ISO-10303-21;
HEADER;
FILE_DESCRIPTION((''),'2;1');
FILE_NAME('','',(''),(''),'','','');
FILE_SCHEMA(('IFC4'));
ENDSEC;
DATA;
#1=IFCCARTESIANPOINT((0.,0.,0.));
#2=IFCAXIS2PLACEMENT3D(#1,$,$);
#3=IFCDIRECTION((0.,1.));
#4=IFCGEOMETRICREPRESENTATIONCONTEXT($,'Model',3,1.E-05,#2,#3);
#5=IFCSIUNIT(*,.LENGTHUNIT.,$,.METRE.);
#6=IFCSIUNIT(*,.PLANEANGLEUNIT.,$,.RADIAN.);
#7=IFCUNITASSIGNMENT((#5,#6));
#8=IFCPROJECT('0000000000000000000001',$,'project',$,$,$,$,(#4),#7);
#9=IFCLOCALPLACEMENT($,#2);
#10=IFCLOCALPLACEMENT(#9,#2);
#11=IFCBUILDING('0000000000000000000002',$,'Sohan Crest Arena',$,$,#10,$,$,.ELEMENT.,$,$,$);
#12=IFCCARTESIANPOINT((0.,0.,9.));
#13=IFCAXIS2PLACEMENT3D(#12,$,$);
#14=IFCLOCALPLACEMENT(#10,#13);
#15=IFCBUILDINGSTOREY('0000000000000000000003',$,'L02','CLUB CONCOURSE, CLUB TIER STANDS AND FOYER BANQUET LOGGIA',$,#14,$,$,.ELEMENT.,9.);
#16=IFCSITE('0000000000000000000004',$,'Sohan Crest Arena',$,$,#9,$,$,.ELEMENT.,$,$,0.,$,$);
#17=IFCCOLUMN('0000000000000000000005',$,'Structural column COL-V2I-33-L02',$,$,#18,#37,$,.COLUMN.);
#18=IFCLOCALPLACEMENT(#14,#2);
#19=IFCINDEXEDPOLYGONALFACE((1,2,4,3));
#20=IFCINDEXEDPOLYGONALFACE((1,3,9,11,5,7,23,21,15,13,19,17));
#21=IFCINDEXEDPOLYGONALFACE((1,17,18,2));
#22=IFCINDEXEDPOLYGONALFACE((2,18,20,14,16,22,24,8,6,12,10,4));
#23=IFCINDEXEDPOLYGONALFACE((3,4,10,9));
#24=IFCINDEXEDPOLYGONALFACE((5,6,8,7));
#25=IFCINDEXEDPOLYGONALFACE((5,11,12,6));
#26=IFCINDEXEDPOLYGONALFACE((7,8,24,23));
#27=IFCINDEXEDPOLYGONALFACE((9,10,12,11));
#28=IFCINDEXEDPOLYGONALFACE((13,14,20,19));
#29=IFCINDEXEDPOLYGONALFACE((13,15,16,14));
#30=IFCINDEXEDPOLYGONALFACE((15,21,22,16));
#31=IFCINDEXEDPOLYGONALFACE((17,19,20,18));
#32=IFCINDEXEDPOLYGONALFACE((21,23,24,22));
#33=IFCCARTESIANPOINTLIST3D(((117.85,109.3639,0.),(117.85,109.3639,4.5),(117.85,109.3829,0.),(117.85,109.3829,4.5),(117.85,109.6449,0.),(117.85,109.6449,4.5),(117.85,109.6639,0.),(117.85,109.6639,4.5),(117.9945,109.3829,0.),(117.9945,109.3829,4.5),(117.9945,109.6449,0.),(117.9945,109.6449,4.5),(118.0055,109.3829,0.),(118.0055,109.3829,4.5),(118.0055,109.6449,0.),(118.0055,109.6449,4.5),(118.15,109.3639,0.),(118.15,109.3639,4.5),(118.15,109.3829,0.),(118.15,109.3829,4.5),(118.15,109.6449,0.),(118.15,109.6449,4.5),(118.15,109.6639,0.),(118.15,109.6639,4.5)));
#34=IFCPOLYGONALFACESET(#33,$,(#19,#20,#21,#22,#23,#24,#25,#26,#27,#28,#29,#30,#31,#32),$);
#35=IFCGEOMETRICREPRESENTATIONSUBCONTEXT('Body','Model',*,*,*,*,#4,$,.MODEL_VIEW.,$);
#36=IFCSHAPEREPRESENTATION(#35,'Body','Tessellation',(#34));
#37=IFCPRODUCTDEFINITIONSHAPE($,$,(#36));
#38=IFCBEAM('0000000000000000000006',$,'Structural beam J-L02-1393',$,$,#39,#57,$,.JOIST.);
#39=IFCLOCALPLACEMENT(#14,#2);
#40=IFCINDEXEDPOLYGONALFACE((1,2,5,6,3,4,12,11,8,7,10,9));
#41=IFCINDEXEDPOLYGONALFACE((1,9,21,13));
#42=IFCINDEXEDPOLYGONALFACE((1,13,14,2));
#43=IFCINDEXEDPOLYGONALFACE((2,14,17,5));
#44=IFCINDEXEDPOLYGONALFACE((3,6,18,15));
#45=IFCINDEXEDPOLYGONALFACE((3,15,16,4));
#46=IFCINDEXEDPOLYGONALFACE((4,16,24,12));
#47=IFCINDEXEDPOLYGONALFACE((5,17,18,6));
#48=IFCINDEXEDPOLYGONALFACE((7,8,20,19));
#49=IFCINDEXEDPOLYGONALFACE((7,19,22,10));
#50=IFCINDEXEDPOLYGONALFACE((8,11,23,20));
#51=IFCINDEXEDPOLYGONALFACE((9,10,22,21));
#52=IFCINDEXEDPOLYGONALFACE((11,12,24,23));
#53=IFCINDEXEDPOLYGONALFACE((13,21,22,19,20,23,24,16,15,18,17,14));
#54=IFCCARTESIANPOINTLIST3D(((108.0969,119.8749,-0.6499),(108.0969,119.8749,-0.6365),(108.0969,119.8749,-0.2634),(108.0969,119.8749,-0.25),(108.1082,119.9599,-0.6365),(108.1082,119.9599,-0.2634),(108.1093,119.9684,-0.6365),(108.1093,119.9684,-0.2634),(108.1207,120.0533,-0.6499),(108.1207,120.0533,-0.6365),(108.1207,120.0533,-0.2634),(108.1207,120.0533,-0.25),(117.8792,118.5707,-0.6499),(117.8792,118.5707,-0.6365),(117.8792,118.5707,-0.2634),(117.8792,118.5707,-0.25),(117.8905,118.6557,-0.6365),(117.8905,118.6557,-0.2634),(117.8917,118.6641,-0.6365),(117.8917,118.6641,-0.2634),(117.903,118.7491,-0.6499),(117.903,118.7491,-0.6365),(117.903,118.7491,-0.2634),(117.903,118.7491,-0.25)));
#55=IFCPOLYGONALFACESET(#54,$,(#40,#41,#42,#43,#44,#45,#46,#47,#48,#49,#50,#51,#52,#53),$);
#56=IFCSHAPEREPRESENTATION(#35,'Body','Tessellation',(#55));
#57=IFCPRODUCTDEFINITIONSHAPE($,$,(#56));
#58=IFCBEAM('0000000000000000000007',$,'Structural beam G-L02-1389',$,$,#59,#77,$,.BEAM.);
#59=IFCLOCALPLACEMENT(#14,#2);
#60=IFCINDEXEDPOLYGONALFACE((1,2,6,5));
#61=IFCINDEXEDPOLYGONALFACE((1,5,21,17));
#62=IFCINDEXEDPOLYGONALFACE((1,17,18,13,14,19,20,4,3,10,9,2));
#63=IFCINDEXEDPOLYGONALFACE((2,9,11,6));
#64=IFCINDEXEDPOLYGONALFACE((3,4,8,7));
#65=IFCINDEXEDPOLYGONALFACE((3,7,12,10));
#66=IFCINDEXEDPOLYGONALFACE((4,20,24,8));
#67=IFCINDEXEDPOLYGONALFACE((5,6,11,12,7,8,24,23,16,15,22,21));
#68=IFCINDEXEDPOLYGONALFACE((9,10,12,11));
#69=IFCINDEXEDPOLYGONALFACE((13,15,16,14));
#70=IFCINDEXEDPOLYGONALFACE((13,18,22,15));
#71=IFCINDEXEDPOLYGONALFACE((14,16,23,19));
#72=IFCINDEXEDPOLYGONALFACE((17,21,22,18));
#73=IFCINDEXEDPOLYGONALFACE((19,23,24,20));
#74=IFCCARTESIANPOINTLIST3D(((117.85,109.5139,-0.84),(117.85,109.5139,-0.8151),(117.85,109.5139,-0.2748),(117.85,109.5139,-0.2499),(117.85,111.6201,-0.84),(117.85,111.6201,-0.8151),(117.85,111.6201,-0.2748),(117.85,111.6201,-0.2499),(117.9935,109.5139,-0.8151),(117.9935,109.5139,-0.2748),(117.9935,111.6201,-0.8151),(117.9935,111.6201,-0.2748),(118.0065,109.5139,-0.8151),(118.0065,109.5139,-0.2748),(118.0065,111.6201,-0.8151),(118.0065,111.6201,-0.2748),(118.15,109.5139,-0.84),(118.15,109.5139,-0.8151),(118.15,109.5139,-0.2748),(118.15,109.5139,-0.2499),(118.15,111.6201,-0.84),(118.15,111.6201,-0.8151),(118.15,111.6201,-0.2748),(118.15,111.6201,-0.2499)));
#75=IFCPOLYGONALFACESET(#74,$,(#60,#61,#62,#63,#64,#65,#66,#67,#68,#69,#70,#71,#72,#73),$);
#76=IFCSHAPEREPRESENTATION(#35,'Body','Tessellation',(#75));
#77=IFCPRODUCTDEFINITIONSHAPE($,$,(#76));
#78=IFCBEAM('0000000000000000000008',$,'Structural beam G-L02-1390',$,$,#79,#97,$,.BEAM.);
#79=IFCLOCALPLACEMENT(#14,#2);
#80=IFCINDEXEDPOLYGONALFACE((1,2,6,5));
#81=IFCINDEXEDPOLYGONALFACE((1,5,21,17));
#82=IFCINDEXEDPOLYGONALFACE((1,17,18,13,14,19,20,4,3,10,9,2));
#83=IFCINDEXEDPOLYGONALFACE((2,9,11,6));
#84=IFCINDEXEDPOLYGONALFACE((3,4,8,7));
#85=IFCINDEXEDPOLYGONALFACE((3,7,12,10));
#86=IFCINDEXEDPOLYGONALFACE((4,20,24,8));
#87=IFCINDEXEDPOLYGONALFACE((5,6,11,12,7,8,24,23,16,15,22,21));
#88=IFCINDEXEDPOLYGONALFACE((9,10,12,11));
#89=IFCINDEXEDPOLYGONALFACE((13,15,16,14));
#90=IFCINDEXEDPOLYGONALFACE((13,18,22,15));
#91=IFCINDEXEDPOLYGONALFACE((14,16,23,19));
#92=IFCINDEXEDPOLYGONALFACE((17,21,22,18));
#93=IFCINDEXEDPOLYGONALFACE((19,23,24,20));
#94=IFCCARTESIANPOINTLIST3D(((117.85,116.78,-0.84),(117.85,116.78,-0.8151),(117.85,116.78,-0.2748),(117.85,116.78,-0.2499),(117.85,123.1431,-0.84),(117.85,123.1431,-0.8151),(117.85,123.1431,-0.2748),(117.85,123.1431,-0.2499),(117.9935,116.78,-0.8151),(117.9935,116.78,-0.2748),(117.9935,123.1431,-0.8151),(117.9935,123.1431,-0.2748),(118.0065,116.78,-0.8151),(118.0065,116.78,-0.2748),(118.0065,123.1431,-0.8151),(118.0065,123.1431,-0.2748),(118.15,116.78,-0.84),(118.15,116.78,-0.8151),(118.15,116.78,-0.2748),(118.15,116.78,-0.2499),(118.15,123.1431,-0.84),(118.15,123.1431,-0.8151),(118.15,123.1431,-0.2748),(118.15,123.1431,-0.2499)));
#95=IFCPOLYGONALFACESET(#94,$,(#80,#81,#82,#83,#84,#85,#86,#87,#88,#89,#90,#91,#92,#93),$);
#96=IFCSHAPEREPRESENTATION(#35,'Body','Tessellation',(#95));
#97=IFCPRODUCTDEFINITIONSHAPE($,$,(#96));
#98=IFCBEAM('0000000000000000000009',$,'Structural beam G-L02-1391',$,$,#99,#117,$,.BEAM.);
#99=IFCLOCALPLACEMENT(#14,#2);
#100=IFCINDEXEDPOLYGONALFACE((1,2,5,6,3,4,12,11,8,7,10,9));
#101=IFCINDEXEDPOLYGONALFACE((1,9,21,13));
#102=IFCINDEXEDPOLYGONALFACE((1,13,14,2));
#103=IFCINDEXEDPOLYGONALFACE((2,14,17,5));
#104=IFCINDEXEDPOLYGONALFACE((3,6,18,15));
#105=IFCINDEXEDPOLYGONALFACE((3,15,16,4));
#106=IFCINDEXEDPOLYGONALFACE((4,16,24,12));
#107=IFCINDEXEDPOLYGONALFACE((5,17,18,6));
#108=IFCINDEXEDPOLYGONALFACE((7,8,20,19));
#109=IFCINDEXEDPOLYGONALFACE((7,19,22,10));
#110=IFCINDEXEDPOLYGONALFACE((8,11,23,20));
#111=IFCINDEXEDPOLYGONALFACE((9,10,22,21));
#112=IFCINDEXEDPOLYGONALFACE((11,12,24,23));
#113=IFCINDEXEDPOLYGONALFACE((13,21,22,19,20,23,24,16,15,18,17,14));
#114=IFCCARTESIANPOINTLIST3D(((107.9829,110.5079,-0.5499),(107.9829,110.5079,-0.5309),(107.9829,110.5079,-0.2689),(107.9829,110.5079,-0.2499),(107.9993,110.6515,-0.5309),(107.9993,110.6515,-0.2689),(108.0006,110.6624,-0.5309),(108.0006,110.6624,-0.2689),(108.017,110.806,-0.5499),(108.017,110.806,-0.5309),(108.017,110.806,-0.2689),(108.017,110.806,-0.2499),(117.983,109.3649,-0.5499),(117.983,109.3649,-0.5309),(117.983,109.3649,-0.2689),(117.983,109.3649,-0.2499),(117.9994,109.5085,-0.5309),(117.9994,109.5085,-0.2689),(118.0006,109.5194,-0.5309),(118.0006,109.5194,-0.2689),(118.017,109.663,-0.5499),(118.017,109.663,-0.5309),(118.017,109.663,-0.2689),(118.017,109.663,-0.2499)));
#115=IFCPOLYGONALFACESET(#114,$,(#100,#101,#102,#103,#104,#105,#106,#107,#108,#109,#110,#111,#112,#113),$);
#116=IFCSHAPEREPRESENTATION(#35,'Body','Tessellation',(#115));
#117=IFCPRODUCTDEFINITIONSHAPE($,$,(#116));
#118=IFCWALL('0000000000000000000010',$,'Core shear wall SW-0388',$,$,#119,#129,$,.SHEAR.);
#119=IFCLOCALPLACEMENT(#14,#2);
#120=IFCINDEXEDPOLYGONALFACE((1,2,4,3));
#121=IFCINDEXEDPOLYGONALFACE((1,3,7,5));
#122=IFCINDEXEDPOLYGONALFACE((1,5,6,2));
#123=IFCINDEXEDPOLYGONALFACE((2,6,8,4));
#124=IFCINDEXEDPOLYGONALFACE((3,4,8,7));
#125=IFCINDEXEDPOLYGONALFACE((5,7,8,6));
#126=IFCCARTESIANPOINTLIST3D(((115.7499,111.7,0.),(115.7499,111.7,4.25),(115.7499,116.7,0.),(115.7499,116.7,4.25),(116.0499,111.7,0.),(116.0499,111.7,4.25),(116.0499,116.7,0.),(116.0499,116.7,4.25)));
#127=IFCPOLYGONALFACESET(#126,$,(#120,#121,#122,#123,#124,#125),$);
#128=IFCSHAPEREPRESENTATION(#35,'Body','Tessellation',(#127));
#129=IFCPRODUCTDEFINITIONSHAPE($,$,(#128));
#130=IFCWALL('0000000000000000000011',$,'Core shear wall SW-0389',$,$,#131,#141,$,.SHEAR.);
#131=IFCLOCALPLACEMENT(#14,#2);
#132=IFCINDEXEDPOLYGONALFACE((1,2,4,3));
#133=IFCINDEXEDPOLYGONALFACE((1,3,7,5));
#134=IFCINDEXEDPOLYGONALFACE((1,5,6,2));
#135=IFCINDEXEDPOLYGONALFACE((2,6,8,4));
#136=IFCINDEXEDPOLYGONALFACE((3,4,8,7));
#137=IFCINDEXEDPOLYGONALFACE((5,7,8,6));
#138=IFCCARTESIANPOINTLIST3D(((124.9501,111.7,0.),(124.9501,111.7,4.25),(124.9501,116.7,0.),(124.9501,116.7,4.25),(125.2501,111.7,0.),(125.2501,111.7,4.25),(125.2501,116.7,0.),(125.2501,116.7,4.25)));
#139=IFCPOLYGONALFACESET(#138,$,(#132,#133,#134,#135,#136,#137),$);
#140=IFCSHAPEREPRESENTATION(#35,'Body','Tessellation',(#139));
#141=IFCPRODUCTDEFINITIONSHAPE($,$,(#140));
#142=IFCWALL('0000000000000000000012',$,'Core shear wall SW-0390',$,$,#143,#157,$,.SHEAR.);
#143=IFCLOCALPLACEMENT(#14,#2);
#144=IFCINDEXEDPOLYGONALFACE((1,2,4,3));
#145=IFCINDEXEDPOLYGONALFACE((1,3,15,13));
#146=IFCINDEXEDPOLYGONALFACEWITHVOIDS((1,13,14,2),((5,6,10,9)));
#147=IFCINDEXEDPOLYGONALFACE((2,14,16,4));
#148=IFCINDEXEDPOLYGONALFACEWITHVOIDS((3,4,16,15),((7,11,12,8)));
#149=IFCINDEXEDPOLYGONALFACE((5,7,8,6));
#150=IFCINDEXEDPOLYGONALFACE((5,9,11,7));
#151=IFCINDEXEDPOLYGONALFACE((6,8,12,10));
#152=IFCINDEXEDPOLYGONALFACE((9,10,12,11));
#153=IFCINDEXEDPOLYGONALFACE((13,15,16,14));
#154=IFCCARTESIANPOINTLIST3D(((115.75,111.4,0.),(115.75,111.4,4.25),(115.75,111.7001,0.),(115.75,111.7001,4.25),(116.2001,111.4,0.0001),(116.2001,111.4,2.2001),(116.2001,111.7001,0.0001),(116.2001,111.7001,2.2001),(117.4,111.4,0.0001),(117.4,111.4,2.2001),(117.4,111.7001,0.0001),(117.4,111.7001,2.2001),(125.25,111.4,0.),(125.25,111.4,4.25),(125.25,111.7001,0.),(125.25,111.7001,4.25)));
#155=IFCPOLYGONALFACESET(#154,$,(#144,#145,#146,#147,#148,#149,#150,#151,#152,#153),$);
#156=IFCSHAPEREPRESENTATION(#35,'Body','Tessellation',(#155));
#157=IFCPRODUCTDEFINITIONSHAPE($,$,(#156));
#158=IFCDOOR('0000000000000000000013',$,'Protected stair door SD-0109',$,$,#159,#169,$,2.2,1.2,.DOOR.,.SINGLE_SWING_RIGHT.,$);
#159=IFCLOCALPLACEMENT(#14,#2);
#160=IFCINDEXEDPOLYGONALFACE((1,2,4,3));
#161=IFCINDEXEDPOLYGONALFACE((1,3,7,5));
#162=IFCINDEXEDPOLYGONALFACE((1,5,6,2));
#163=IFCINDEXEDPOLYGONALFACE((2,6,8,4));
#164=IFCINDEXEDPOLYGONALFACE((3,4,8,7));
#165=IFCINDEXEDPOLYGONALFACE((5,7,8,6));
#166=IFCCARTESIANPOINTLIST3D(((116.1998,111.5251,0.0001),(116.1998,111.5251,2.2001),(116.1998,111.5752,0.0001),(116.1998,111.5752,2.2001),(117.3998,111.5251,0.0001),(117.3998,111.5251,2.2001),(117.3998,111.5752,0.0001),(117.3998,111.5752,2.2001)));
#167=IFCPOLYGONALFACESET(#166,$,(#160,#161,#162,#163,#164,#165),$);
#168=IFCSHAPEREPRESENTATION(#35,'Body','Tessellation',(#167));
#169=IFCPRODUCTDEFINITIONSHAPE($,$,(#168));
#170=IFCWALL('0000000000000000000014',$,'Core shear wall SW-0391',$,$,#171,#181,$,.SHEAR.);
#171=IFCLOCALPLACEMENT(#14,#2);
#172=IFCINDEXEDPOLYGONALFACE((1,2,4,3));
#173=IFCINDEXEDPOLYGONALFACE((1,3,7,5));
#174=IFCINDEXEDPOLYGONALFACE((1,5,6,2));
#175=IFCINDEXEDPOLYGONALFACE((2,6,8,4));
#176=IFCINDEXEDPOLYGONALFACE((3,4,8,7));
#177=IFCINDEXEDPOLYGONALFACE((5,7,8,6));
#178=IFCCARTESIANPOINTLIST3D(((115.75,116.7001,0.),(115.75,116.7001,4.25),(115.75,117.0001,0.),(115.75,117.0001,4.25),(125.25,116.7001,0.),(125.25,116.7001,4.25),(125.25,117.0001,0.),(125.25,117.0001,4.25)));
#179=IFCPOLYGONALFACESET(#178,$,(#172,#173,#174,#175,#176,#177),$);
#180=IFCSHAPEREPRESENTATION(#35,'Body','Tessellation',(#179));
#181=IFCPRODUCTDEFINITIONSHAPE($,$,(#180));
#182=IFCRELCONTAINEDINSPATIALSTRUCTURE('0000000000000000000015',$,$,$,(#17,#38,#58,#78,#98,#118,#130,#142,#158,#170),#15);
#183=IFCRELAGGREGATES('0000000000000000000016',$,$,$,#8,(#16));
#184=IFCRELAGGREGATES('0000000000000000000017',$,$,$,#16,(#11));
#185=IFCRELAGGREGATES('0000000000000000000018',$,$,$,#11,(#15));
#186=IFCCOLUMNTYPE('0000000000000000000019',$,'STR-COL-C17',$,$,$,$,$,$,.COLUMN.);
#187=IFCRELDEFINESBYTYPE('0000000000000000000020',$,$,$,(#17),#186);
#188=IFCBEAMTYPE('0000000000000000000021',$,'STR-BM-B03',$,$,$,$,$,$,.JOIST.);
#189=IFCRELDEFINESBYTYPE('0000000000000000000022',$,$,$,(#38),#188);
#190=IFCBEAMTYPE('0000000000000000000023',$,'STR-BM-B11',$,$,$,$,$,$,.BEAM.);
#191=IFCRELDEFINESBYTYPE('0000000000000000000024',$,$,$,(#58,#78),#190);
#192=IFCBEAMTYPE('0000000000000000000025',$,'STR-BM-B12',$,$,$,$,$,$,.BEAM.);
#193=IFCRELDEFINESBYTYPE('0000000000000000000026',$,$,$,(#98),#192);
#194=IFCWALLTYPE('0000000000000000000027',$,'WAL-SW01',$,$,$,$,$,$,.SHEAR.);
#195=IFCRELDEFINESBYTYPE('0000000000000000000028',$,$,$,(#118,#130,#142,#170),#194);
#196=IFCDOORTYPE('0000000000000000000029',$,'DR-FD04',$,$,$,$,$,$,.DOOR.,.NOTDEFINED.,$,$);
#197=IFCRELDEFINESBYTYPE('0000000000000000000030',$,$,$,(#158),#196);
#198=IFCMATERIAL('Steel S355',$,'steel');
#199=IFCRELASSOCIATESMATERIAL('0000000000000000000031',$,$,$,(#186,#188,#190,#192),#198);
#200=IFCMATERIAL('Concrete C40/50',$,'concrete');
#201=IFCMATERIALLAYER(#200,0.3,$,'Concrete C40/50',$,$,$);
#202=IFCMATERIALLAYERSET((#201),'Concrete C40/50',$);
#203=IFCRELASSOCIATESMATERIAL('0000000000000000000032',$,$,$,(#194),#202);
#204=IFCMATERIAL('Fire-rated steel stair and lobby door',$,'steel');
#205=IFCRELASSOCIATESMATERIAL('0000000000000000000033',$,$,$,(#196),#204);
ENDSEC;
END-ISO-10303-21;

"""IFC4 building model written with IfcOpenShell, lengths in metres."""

from ifc_helpers import new_model, si_unit, direction, frame, frame_2d, origin, origin_2d, place, context, subcontext, project, spatial, rectangle, i_section, extrude, material, layer, layer_set, material_profile, profile_set, type_object, element, fill, save


model = new_model("IFC4")

# Units and contexts
model_context = context("Model", 3, precision=1e-05, world=origin(), true_north=direction((0.0, 1.0)))
body_context = subcontext(model_context, "Body", "Model", "MODEL_VIEW")
ifc_project = project(units=[si_unit("LENGTHUNIT", "METRE"), si_unit("PLANEANGLEUNIT", "RADIAN")], contexts=[model_context])

# Site, building, storey
site_placement = place(None, origin())
site = spatial("IfcSite", under=ifc_project, at=site_placement, Name="Sohan Crest Arena", CompositionType="ELEMENT", RefElevation=0.0)
building_placement = place(site_placement, origin())
building = spatial("IfcBuilding", under=site, at=building_placement, Name="Sohan Crest Arena", CompositionType="ELEMENT")
storey_placement = place(building_placement, frame((0.0, 0.0, 9.0)))
storey = spatial("IfcBuildingStorey", under=building, at=storey_placement, Name="L02", Description="CLUB CONCOURSE, CLUB TIER STANDS AND FOYER BANQUET LOGGIA", CompositionType="ELEMENT", Elevation=9.0)

# Column
ifc_material_1 = material(Name="Steel S355", Category="steel")
ifc_material_profile_1 = material_profile(ifc_material_1, i_section(OverallWidth=0.3, OverallDepth=0.3, WebThickness=0.011, FlangeThickness=0.019, at=origin_2d()), Name="HEB 300")
ifc_profile_set_1 = profile_set([ifc_material_profile_1], Name="Steel S355")
column_type = type_object("IfcColumnType", Name="STR-COL-C17", PredefinedType="COLUMN", material=ifc_profile_set_1)
column_placement = place(storey_placement, frame((118.0, 109.5139, 0.0), z_axis=(0.0, 0.0, 1.0), x_axis=(1.0, 0.0, 0.0)))
element("IfcColumn", 1, at=column_placement, inside=storey, type_object=column_type, Name="Structural column COL-V2I-33-L02", PredefinedType="COLUMN", context=body_context, shape_type="SweptSolid", body=[
    extrude(i_section(OverallWidth=0.3, OverallDepth=0.3, WebThickness=0.011, FlangeThickness=0.019, at=origin_2d()), origin(), (0.0, 0.0, 1.0), 4.5),
])

# Beams
ifc_material_profile_2 = material_profile(ifc_material_1, i_section(OverallWidth=0.1799, OverallDepth=0.3999, WebThickness=0.0085, FlangeThickness=0.0134, at=origin_2d()), Name="IPE 400")
ifc_profile_set_2 = profile_set([ifc_material_profile_2], Name="Steel S355")
beam_type_1 = type_object("IfcBeamType", Name="STR-BM-B03", PredefinedType="JOIST", material=ifc_profile_set_2)
beam_1_placement = place(storey_placement, frame((117.8911, 118.6599, -0.45), z_axis=(-0.991229, 0.132154, 0.0), x_axis=(-0.132154, -0.991229, 0.0)))
element("IfcBeam", 2, at=beam_1_placement, inside=storey, type_object=beam_type_1, Name="Structural beam J-L02-1393", PredefinedType="JOIST", context=body_context, shape_type="SweptSolid", body=[
    extrude(i_section(OverallWidth=0.1799, OverallDepth=0.3999, WebThickness=0.0085, FlangeThickness=0.0134, at=origin_2d()), origin(), (0.0, 0.0, 1.0), 9.8689),
])
ifc_material_profile_3 = material_profile(ifc_material_1, i_section(OverallWidth=0.3, OverallDepth=0.5901, WebThickness=0.0129, FlangeThickness=0.0249, at=origin_2d()), Name="HEA 600")
ifc_profile_set_3 = profile_set([ifc_material_profile_3], Name="Steel S355")
beam_type_2 = type_object("IfcBeamType", Name="STR-BM-B11", PredefinedType="BEAM", material=ifc_profile_set_3)
beam_2_placement = place(storey_placement, frame((118.0, 109.5139, -0.5449), z_axis=(0.0, 1.0, 0.0), x_axis=(-1.0, 0.0, 0.0)))
element("IfcBeam", 3, at=beam_2_placement, inside=storey, type_object=beam_type_2, Name="Structural beam G-L02-1389", PredefinedType="BEAM", context=body_context, shape_type="SweptSolid", body=[
    extrude(i_section(OverallWidth=0.3, OverallDepth=0.5901, WebThickness=0.0129, FlangeThickness=0.0249, at=origin_2d()), origin(), (0.0, 0.0, 1.0), 2.1062),
])
beam_3_placement = place(storey_placement, frame((118.0, 116.78, -0.5449), z_axis=(0.0, 1.0, 0.0), x_axis=(-1.0, 0.0, 0.0)))
element("IfcBeam", 4, at=beam_3_placement, inside=storey, type_object=beam_type_2, Name="Structural beam G-L02-1390", PredefinedType="BEAM", context=body_context, shape_type="SweptSolid", body=[
    extrude(i_section(OverallWidth=0.3, OverallDepth=0.5901, WebThickness=0.0129, FlangeThickness=0.0249, at=origin_2d()), origin(), (0.0, 0.0, 1.0), 6.363),
])
ifc_material_profile_4 = material_profile(ifc_material_1, i_section(OverallWidth=0.3, OverallDepth=0.3, WebThickness=0.011, FlangeThickness=0.019, at=origin_2d()), Name="HEB 300")
ifc_profile_set_4 = profile_set([ifc_material_profile_4], Name="Steel S355")
beam_type_3 = type_object("IfcBeamType", Name="STR-BM-B12", PredefinedType="BEAM", material=ifc_profile_set_4)
beam_4_placement = place(storey_placement, frame((118.0, 109.5139, -0.3999), z_axis=(-0.99353, 0.113567, 0.0), x_axis=(-0.113567, -0.99353, 0.0)))
element("IfcBeam", 5, at=beam_4_placement, inside=storey, type_object=beam_type_3, Name="Structural beam G-L02-1391", PredefinedType="BEAM", context=body_context, shape_type="SweptSolid", body=[
    extrude(i_section(OverallWidth=0.3, OverallDepth=0.3, WebThickness=0.011, FlangeThickness=0.019, at=origin_2d()), origin(), (0.0, 0.0, 1.0), 10.0652),
])

# Walls
ifc_material_2 = material(Name="Concrete C40/50", Category="concrete")
ifc_layer_1 = layer(ifc_material_2, 0.3, Name="Concrete C40/50")
ifc_layer_set_1 = layer_set([ifc_layer_1], Name="Concrete C40/50")
wall_type_1 = type_object("IfcWallType", Name="WAL-SW01", PredefinedType="SHEAR", material=ifc_layer_set_1)
for number, where, z_axis, x_axis, name in (
    (6, (115.8999, 111.7, 0.0), (0.0, 0.0, 1.0), (0.0, 1.0, 0.0), "Core shear wall SW-0388"),
    (7, (125.1001, 111.7, 0.0), (0.0, 0.0, 1.0), (0.0, 1.0, 0.0), "Core shear wall SW-0389"),
):
    element("IfcWall", number, at=place(storey_placement, frame(where, z_axis=z_axis, x_axis=x_axis)), inside=storey, type_object=wall_type_1, Name=name, PredefinedType="SHEAR", context=body_context, shape_type="SweptSolid", body=[
        extrude(rectangle(XDim=5.0, YDim=0.3, at=frame_2d((2.5, 0.0))), origin(), (0.0, 0.0, 1.0), 4.25),
    ])

# Wall, opening, door
wall_1_placement = place(storey_placement, frame((115.75, 111.55, 0.0), z_axis=(0.0, 0.0, 1.0), x_axis=(1.0, 0.0, 0.0)))
wall_1 = element("IfcWall", 8, at=wall_1_placement, inside=storey, type_object=wall_type_1, Name="Core shear wall SW-0390", PredefinedType="SHEAR", context=body_context, shape_type="SweptSolid", body=[
    extrude(rectangle(XDim=9.5, YDim=0.3, at=frame_2d((4.75, 0.0))), origin(), (0.0, 0.0, 1.0), 4.25),
])
opening_1_placement = place(wall_1_placement, frame((0.45, 0.0, 0.0)))
opening_1 = element("IfcOpeningElement", 9, at=opening_1_placement, cuts=wall_1, PredefinedType="OPENING", context=body_context, shape_type="SweptSolid", body=[
    extrude(rectangle(XDim=1.2, YDim=2.2, at=frame_2d((0.6001, 1.1001))), frame((0.0, 0.1599, 0.0), z_axis=(0.0, -1.0, 0.0), x_axis=(1.0, 0.0, 0.0)), (0.0, 0.0, 1.0), 0.3201),
])
ifc_material_3 = material(Name="Fire-rated steel stair and lobby door", Category="steel")
door_type_1 = type_object("IfcDoorType", Name="DR-FD04", OperationType="NOTDEFINED", PredefinedType="DOOR", material=ifc_material_3)
door_1_placement = place(opening_1_placement, frame((1.2, 0.0, 0.0), z_axis=(0.0, 0.0, 1.0), x_axis=(-1.0, 0.0, 0.0)))
door_1 = element("IfcDoor", 10, at=door_1_placement, inside=storey, type_object=door_type_1, Name="Protected stair door SD-0109", OperationType="SINGLE_SWING_RIGHT", OverallHeight=2.2, OverallWidth=1.2, PredefinedType="DOOR", context=body_context, shape_type="SweptSolid", body=[
    extrude(rectangle(XDim=1.2, YDim=2.2, at=frame_2d((0.6001, 1.1001))), frame((0.0, 0.0249, 0.0), z_axis=(0.0, -1.0, 0.0), x_axis=(1.0, 0.0, 0.0)), (0.0, 0.0, 1.0), 0.05),
])
fill(opening_1, door_1)

# Wall
wall_2_placement = place(storey_placement, frame((115.75, 116.8501, 0.0), z_axis=(0.0, 0.0, 1.0), x_axis=(1.0, 0.0, 0.0)))
element("IfcWall", 11, at=wall_2_placement, inside=storey, type_object=wall_type_1, Name="Core shear wall SW-0391", PredefinedType="SHEAR", context=body_context, shape_type="SweptSolid", body=[
    extrude(rectangle(XDim=9.5, YDim=0.3, at=frame_2d((4.75, 0.0))), origin(), (0.0, 0.0, 1.0), 4.25),
])

save(model, "model.ifc")
